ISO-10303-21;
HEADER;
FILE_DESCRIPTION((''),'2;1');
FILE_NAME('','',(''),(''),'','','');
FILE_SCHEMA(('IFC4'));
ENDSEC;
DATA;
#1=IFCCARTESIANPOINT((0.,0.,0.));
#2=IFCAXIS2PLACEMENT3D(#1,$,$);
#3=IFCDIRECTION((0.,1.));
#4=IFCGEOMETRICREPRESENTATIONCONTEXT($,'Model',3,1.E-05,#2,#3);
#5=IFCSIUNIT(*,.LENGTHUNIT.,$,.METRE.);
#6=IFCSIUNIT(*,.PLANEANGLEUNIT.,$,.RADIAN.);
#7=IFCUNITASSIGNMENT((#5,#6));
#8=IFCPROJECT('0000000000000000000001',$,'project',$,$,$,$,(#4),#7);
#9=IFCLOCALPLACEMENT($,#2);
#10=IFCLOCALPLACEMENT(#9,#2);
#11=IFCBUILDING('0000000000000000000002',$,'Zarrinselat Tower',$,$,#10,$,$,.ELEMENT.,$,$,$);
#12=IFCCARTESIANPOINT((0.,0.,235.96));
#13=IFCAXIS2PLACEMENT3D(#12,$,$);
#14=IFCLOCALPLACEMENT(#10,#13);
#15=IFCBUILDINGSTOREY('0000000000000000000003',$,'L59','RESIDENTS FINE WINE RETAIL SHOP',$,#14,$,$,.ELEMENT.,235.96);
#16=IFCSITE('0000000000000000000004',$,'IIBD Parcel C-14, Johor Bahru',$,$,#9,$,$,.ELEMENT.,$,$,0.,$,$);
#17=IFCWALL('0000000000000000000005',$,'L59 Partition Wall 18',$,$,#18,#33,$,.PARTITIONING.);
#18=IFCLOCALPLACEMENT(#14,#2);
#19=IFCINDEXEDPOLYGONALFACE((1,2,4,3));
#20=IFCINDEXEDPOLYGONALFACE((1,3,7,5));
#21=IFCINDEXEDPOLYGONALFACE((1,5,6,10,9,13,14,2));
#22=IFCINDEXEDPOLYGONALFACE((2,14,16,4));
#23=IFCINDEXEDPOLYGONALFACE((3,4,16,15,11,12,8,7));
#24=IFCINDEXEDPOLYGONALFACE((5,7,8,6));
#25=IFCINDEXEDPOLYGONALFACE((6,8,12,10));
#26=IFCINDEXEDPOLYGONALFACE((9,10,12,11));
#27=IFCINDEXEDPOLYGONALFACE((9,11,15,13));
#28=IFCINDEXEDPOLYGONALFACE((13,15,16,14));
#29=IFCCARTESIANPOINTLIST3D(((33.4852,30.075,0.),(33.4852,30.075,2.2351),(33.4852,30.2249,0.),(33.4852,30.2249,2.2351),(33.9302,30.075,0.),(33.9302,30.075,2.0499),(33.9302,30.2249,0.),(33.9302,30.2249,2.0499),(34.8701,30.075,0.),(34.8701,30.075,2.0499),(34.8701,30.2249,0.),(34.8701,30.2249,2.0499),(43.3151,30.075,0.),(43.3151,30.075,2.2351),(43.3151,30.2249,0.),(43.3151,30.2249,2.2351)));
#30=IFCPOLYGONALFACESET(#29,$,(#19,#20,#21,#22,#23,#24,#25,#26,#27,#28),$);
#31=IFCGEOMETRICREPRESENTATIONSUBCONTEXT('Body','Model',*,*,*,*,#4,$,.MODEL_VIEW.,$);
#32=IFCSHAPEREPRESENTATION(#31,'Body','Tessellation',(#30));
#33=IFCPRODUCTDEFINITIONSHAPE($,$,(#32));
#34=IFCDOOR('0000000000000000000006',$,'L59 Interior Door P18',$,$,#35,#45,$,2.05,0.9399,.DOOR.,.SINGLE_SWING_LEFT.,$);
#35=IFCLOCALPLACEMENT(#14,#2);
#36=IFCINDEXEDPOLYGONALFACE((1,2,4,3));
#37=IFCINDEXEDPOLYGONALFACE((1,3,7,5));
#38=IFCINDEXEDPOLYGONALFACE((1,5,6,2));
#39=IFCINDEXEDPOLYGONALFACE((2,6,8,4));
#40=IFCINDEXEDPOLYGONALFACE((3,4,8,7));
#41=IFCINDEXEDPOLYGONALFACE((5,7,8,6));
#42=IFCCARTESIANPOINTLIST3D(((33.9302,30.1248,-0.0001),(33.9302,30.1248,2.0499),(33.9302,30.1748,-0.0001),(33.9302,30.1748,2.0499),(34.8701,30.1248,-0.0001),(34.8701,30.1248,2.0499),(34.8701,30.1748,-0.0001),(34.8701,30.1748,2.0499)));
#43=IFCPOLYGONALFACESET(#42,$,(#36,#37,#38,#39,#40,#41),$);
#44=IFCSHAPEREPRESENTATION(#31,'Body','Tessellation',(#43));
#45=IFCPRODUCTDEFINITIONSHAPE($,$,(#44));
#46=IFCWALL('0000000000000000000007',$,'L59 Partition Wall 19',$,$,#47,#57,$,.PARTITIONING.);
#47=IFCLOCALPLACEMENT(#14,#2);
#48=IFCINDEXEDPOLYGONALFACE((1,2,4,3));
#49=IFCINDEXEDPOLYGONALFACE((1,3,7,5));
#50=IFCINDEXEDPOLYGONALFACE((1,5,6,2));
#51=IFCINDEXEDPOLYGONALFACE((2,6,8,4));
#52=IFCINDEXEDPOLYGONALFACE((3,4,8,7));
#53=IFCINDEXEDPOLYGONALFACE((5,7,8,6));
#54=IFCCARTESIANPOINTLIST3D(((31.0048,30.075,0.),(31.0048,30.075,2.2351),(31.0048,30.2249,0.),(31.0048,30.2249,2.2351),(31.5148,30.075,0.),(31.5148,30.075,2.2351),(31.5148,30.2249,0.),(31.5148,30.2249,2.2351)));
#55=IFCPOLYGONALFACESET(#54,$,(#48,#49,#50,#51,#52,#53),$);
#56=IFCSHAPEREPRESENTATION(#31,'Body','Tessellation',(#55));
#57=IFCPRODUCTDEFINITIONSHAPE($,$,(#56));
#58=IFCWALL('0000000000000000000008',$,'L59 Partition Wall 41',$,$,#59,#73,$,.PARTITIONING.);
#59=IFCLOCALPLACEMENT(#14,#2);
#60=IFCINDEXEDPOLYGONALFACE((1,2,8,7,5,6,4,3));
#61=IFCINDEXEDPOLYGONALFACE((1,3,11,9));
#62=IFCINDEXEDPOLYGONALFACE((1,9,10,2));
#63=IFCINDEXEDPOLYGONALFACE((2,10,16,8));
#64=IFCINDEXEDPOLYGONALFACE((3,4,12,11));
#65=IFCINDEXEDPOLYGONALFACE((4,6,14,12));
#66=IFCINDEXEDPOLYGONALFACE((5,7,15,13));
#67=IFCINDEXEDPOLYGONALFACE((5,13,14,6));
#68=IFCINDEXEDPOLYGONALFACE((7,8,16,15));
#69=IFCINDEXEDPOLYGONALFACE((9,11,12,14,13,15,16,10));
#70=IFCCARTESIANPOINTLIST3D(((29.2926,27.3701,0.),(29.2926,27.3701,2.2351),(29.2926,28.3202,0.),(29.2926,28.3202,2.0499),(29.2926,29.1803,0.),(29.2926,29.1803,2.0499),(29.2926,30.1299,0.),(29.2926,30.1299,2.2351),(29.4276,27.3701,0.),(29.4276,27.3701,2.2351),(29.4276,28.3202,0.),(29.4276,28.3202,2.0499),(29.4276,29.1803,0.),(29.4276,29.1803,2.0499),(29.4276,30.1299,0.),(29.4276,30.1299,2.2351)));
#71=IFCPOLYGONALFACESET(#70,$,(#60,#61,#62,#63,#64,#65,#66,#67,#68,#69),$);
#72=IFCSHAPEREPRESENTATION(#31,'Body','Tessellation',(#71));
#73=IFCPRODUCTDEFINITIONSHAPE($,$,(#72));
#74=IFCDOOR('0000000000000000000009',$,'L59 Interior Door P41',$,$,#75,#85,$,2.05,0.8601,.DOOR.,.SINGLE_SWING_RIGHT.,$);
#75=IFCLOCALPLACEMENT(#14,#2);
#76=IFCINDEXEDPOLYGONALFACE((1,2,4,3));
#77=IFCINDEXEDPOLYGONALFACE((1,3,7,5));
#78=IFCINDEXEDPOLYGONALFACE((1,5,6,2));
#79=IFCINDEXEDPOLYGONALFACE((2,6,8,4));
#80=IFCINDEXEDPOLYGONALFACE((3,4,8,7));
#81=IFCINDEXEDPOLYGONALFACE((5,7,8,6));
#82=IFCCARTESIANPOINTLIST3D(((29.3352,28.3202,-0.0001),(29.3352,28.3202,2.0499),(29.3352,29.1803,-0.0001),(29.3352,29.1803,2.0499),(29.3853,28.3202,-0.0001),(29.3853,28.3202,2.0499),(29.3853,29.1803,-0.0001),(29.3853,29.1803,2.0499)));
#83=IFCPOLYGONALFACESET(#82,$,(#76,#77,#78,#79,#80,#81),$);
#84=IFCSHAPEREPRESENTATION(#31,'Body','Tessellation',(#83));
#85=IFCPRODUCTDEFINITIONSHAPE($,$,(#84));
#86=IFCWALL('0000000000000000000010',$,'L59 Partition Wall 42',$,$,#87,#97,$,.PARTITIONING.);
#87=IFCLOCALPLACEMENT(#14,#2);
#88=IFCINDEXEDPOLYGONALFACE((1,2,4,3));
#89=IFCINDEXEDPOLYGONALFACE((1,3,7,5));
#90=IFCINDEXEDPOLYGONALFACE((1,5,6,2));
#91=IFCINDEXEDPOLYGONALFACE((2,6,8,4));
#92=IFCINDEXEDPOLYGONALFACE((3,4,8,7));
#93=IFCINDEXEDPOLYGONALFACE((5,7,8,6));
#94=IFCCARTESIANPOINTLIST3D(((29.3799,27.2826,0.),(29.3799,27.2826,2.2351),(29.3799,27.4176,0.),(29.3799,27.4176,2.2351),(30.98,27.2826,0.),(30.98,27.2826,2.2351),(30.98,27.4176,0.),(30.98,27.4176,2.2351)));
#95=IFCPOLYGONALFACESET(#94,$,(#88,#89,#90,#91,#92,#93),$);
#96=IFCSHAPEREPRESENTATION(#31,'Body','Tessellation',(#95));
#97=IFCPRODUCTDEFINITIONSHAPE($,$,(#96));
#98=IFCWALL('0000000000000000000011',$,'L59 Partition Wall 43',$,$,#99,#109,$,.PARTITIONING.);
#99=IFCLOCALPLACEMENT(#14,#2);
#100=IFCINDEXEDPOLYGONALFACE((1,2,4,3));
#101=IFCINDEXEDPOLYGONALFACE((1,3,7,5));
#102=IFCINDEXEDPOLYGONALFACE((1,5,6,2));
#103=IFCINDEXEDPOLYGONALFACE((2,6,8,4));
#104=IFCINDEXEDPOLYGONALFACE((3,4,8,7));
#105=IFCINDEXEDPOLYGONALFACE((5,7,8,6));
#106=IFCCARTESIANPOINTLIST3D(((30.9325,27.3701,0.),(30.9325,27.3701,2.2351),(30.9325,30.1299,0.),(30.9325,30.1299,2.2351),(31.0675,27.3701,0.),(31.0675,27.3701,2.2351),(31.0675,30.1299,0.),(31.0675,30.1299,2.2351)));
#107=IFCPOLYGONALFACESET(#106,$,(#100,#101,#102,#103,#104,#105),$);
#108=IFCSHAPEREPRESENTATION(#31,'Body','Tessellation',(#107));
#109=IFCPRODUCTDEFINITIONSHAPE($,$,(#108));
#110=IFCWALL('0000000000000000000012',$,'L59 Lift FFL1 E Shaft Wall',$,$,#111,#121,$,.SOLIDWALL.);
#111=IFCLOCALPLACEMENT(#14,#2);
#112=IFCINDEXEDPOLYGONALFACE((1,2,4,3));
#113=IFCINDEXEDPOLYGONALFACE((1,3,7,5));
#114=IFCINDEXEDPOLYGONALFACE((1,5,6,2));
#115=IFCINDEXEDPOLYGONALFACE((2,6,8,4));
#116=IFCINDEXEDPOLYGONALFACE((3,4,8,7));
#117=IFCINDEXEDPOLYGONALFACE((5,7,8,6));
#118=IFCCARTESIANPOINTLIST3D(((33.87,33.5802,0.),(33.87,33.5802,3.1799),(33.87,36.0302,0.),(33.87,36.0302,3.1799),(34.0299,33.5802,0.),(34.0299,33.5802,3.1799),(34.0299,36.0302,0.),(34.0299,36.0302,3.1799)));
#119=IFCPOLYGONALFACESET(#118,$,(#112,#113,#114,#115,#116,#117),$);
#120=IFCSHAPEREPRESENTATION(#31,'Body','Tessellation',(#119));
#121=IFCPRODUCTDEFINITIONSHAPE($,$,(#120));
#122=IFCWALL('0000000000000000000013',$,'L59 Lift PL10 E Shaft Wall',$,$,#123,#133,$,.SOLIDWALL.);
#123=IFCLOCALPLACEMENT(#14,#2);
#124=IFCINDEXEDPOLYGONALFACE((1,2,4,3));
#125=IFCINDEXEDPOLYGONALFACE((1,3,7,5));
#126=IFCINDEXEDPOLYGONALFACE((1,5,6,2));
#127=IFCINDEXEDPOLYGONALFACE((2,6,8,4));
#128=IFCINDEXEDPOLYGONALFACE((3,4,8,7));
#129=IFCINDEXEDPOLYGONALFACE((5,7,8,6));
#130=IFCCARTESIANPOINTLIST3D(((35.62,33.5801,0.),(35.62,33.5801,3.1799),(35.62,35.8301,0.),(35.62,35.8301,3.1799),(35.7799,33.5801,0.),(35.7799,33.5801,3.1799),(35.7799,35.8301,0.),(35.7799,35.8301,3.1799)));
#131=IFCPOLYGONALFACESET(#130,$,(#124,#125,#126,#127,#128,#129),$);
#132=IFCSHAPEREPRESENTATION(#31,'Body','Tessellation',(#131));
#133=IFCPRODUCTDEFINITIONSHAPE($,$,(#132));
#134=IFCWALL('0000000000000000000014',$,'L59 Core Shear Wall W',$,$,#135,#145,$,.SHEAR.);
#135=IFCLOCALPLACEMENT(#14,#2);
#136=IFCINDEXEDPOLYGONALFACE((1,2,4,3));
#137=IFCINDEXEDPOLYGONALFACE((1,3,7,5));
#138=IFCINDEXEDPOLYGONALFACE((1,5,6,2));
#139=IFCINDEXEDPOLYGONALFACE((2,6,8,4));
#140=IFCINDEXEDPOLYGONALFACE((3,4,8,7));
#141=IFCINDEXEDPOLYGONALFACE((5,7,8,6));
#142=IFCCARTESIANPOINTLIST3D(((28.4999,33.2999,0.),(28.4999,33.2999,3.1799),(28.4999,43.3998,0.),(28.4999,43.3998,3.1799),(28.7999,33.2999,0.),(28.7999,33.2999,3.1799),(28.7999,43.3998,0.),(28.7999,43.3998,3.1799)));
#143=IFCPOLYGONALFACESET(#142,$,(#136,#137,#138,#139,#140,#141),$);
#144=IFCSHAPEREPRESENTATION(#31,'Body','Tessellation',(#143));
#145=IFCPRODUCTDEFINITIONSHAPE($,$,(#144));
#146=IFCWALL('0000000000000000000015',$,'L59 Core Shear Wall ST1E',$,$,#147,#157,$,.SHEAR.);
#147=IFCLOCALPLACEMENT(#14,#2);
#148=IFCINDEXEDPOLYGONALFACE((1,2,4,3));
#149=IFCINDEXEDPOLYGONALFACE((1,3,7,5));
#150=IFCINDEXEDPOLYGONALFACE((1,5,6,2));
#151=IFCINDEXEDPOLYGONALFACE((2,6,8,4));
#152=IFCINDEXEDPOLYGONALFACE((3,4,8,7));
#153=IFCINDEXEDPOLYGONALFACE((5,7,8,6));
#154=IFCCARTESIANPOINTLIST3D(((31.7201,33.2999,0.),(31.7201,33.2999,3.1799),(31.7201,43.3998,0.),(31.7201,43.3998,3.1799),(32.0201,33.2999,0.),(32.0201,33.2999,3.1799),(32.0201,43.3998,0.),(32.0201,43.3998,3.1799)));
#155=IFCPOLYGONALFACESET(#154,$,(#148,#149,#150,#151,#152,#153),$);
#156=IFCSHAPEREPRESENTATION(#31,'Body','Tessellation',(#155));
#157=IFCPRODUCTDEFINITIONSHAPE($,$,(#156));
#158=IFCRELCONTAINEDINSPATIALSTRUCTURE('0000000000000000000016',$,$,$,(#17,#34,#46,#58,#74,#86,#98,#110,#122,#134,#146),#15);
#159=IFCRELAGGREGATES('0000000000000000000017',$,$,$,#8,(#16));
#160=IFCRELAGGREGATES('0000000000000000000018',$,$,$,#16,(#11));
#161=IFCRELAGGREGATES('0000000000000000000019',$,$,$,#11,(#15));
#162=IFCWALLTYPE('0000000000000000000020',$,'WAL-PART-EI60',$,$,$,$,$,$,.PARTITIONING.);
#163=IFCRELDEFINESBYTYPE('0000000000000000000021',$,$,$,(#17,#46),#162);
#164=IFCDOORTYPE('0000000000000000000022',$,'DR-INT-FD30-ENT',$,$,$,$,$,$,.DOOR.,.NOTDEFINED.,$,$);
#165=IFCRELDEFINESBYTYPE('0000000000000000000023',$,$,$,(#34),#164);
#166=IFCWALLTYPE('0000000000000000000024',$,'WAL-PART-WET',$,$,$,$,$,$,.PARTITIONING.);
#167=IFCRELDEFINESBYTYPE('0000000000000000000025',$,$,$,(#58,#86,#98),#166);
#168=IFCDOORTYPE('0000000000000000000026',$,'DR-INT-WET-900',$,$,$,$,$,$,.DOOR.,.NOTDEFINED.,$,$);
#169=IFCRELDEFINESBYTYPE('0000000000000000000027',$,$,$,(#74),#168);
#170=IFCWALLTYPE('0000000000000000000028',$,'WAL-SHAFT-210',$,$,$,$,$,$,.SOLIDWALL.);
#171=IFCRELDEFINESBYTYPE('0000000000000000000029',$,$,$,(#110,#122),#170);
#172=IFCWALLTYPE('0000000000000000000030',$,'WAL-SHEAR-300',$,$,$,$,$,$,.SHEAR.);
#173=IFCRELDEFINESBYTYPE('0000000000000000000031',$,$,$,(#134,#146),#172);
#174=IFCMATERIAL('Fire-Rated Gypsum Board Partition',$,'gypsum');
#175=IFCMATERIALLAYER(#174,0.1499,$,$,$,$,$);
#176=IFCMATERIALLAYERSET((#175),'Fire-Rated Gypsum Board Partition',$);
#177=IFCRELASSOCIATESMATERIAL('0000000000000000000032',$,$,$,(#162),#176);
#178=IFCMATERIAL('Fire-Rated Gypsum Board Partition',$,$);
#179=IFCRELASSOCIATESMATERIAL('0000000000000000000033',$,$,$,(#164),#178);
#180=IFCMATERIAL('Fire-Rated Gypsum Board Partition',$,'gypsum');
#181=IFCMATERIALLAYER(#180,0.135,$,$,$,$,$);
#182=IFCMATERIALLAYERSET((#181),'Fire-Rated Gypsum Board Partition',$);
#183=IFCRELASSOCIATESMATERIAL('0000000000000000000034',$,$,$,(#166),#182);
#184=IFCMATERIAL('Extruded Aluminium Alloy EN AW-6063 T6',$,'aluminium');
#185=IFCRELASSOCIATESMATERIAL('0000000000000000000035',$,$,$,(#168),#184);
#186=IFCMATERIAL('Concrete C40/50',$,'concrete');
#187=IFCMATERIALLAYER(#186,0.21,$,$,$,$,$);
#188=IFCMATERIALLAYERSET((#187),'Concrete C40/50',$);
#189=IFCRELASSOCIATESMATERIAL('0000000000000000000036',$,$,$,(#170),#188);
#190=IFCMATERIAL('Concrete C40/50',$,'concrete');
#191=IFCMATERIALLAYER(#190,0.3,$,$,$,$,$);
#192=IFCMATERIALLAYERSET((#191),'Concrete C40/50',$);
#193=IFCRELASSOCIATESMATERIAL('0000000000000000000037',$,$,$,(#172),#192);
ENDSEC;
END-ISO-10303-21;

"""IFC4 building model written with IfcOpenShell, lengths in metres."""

from ifc_helpers import new_model, si_unit, direction, frame, frame_2d, origin, place, context, subcontext, project, spatial, rectangle, extrude, material, layer, layer_set, type_object, element, fill, save


model = new_model("IFC4")

# Units and contexts
model_context = context("Model", 3, precision=1e-05, world=origin(), true_north=direction((0.0, 1.0)))
body_context = subcontext(model_context, "Body", "Model", "MODEL_VIEW")
ifc_project = project(units=[si_unit("LENGTHUNIT", "METRE"), si_unit("PLANEANGLEUNIT", "RADIAN")], contexts=[model_context])

# Site, building, storey
site_placement = place(None, origin())
site = spatial("IfcSite", under=ifc_project, at=site_placement, Name="IIBD Parcel C-14, Johor Bahru", CompositionType="ELEMENT", RefElevation=0.0)
building_placement = place(site_placement, origin())
building = spatial("IfcBuilding", under=site, at=building_placement, Name="Zarrinselat Tower", CompositionType="ELEMENT")
storey_placement = place(building_placement, frame((0.0, 0.0, 235.96)))
storey = spatial("IfcBuildingStorey", under=building, at=storey_placement, Name="L59", Description="RESIDENTS FINE WINE RETAIL SHOP", CompositionType="ELEMENT", Elevation=235.96)

# Wall, opening, door
ifc_material_1 = material(Name="Fire-Rated Gypsum Board Partition", Category="gypsum")
ifc_layer_1 = layer(ifc_material_1, 0.1499)
ifc_layer_set_1 = layer_set([ifc_layer_1], Name="Fire-Rated Gypsum Board Partition")
wall_type_1 = type_object("IfcWallType", Name="WAL-PART-EI60", PredefinedType="PARTITIONING", material=ifc_layer_set_1)
wall_1_placement = place(storey_placement, frame((33.4851, 30.1499, 0.0), z_axis=(0.0, 0.0, 1.0), x_axis=(1.0, 0.0, 0.0)))
wall_1 = element("IfcWall", 1, at=wall_1_placement, inside=storey, type_object=wall_type_1, Name="L59 Partition Wall 18", PredefinedType="PARTITIONING", context=body_context, shape_type="SweptSolid", body=[
    extrude(rectangle(XDim=9.8298, YDim=0.1499, at=frame_2d((4.915, 0.0))), origin(), (0.0, 0.0, 1.0), 2.2351),
])
opening_1_placement = place(wall_1_placement, frame((0.4451, 0.0, 0.0)))
opening_1 = element("IfcOpeningElement", 2, at=opening_1_placement, cuts=wall_1, PredefinedType="OPENING", context=body_context, shape_type="SweptSolid", body=[
    extrude(rectangle(XDim=0.9399, YDim=2.05, at=frame_2d((0.47, 1.0249))), frame((0.0, 0.085, 0.0), z_axis=(0.0, -1.0, 0.0), x_axis=(1.0, 0.0, 0.0)), (0.0, 0.0, 1.0), 0.1699),
])
ifc_material_2 = material(Name="Fire-Rated Gypsum Board Partition")
door_type_1 = type_object("IfcDoorType", Name="DR-INT-FD30-ENT", OperationType="NOTDEFINED", PredefinedType="DOOR", material=ifc_material_2)
door_1_placement = place(opening_1_placement, origin())
door_1 = element("IfcDoor", 3, at=door_1_placement, inside=storey, type_object=door_type_1, Name="L59 Interior Door P18", OperationType="SINGLE_SWING_LEFT", OverallHeight=2.05, OverallWidth=0.9399, PredefinedType="DOOR", context=body_context, shape_type="SweptSolid", body=[
    extrude(rectangle(XDim=0.9399, YDim=2.05, at=frame_2d((0.47, 1.0249))), frame((0.0, 0.0249, 0.0), z_axis=(0.0, -1.0, 0.0), x_axis=(1.0, 0.0, 0.0)), (0.0, 0.0, 1.0), 0.05),
])
fill(opening_1, door_1)

# Wall
wall_2_placement = place(storey_placement, frame((31.0049, 30.1499, 0.0), z_axis=(0.0, 0.0, 1.0), x_axis=(1.0, 0.0, 0.0)))
element("IfcWall", 4, at=wall_2_placement, inside=storey, type_object=wall_type_1, Name="L59 Partition Wall 19", PredefinedType="PARTITIONING", context=body_context, shape_type="SweptSolid", body=[
    extrude(rectangle(XDim=0.51, YDim=0.1499, at=frame_2d((0.2549, 0.0))), origin(), (0.0, 0.0, 1.0), 2.2351),
])

# Wall, opening, door
ifc_material_3 = material(Name="Fire-Rated Gypsum Board Partition", Category="gypsum")
ifc_layer_2 = layer(ifc_material_3, 0.135)
ifc_layer_set_2 = layer_set([ifc_layer_2], Name="Fire-Rated Gypsum Board Partition")
wall_type_2 = type_object("IfcWallType", Name="WAL-PART-WET", PredefinedType="PARTITIONING", material=ifc_layer_set_2)
wall_3_placement = place(storey_placement, frame((29.3601, 27.3701, 0.0), z_axis=(0.0, 0.0, 1.0), x_axis=(0.0, 1.0, 0.0)))
wall_3 = element("IfcWall", 5, at=wall_3_placement, inside=storey, type_object=wall_type_2, Name="L59 Partition Wall 41", PredefinedType="PARTITIONING", context=body_context, shape_type="SweptSolid", body=[
    extrude(rectangle(XDim=2.7598, YDim=0.135, at=frame_2d((1.3799, 0.0))), origin(), (0.0, 0.0, 1.0), 2.2351),
])
opening_2_placement = place(wall_3_placement, frame((0.95, 0.0, 0.0)))
opening_2 = element("IfcOpeningElement", 6, at=opening_2_placement, cuts=wall_3, PredefinedType="OPENING", context=body_context, shape_type="SweptSolid", body=[
    extrude(rectangle(XDim=0.8601, YDim=2.05, at=frame_2d((0.4302, 1.0249))), frame((0.0, 0.0774, 0.0), z_axis=(0.0, -1.0, 0.0), x_axis=(1.0, 0.0, 0.0)), (0.0, 0.0, 1.0), 0.155),
])
ifc_material_4 = material(Name="Extruded Aluminium Alloy EN AW-6063 T6", Category="aluminium")
door_type_2 = type_object("IfcDoorType", Name="DR-INT-WET-900", OperationType="NOTDEFINED", PredefinedType="DOOR", material=ifc_material_4)
door_2_placement = place(opening_2_placement, origin())
door_2 = element("IfcDoor", 7, at=door_2_placement, inside=storey, type_object=door_type_2, Name="L59 Interior Door P41", OperationType="SINGLE_SWING_RIGHT", OverallHeight=2.05, OverallWidth=0.8601, PredefinedType="DOOR", context=body_context, shape_type="SweptSolid", body=[
    extrude(rectangle(XDim=0.8601, YDim=2.05, at=frame_2d((0.4302, 1.0249))), frame((0.0, 0.0249, 0.0), z_axis=(0.0, -1.0, 0.0), x_axis=(1.0, 0.0, 0.0)), (0.0, 0.0, 1.0), 0.05),
])
fill(opening_2, door_2)

# Walls
wall_4_placement = place(storey_placement, frame((29.3799, 27.3501, 0.0), z_axis=(0.0, 0.0, 1.0), x_axis=(1.0, 0.0, 0.0)))
element("IfcWall", 8, at=wall_4_placement, inside=storey, type_object=wall_type_2, Name="L59 Partition Wall 42", PredefinedType="PARTITIONING", context=body_context, shape_type="SweptSolid", body=[
    extrude(rectangle(XDim=1.6001, YDim=0.135, at=frame_2d((0.8, 0.0))), origin(), (0.0, 0.0, 1.0), 2.2351),
])
wall_5_placement = place(storey_placement, frame((31.0, 27.3701, 0.0), z_axis=(0.0, 0.0, 1.0), x_axis=(0.0, 1.0, 0.0)))
element("IfcWall", 9, at=wall_5_placement, inside=storey, type_object=wall_type_2, Name="L59 Partition Wall 43", PredefinedType="PARTITIONING", context=body_context, shape_type="SweptSolid", body=[
    extrude(rectangle(XDim=2.7598, YDim=0.135, at=frame_2d((1.3799, 0.0))), origin(), (0.0, 0.0, 1.0), 2.2351),
])
ifc_material_5 = material(Name="Concrete C40/50", Category="concrete")
ifc_layer_3 = layer(ifc_material_5, 0.21)
ifc_layer_set_3 = layer_set([ifc_layer_3], Name="Concrete C40/50")
wall_type_3 = type_object("IfcWallType", Name="WAL-SHAFT-210", PredefinedType="SOLIDWALL", material=ifc_layer_set_3)
wall_6_placement = place(storey_placement, frame((33.95, 33.5801, 0.0), z_axis=(0.0, 0.0, 1.0), x_axis=(0.0, 1.0, 0.0)))
element("IfcWall", 10, at=wall_6_placement, inside=storey, type_object=wall_type_3, Name="L59 Lift FFL1 E Shaft Wall", PredefinedType="SOLIDWALL", context=body_context, shape_type="SweptSolid", body=[
    extrude(rectangle(XDim=2.45, YDim=0.1599, at=frame_2d((1.2251, 0.0))), origin(), (0.0, 0.0, 1.0), 3.1799),
])
wall_7_placement = place(storey_placement, frame((35.7, 33.5801, 0.0), z_axis=(0.0, 0.0, 1.0), x_axis=(0.0, 1.0, 0.0)))
element("IfcWall", 11, at=wall_7_placement, inside=storey, type_object=wall_type_3, Name="L59 Lift PL10 E Shaft Wall", PredefinedType="SOLIDWALL", context=body_context, shape_type="SweptSolid", body=[
    extrude(rectangle(XDim=2.25, YDim=0.1599, at=frame_2d((1.125, 0.0))), origin(), (0.0, 0.0, 1.0), 3.1799),
])
ifc_material_6 = material(Name="Concrete C40/50", Category="concrete")
ifc_layer_4 = layer(ifc_material_6, 0.3)
ifc_layer_set_4 = layer_set([ifc_layer_4], Name="Concrete C40/50")
wall_type_4 = type_object("IfcWallType", Name="WAL-SHEAR-300", PredefinedType="SHEAR", material=ifc_layer_set_4)
for number, where, z_axis, x_axis, name in (
    (12, (28.6499, 33.3, 0.0), (0.0, 0.0, 1.0), (0.0, 1.0, 0.0), "L59 Core Shear Wall W"),
    (13, (31.8701, 33.3, 0.0), (0.0, 0.0, 1.0), (0.0, 1.0, 0.0), "L59 Core Shear Wall ST1E"),
):
    element("IfcWall", number, at=place(storey_placement, frame(where, z_axis=z_axis, x_axis=x_axis)), inside=storey, type_object=wall_type_4, Name=name, PredefinedType="SHEAR", context=body_context, shape_type="SweptSolid", body=[
        extrude(rectangle(XDim=10.0999, YDim=0.3, at=frame_2d((5.0498, 0.0))), origin(), (0.0, 0.0, 1.0), 3.1799),
    ])

save(model, "model.ifc")
